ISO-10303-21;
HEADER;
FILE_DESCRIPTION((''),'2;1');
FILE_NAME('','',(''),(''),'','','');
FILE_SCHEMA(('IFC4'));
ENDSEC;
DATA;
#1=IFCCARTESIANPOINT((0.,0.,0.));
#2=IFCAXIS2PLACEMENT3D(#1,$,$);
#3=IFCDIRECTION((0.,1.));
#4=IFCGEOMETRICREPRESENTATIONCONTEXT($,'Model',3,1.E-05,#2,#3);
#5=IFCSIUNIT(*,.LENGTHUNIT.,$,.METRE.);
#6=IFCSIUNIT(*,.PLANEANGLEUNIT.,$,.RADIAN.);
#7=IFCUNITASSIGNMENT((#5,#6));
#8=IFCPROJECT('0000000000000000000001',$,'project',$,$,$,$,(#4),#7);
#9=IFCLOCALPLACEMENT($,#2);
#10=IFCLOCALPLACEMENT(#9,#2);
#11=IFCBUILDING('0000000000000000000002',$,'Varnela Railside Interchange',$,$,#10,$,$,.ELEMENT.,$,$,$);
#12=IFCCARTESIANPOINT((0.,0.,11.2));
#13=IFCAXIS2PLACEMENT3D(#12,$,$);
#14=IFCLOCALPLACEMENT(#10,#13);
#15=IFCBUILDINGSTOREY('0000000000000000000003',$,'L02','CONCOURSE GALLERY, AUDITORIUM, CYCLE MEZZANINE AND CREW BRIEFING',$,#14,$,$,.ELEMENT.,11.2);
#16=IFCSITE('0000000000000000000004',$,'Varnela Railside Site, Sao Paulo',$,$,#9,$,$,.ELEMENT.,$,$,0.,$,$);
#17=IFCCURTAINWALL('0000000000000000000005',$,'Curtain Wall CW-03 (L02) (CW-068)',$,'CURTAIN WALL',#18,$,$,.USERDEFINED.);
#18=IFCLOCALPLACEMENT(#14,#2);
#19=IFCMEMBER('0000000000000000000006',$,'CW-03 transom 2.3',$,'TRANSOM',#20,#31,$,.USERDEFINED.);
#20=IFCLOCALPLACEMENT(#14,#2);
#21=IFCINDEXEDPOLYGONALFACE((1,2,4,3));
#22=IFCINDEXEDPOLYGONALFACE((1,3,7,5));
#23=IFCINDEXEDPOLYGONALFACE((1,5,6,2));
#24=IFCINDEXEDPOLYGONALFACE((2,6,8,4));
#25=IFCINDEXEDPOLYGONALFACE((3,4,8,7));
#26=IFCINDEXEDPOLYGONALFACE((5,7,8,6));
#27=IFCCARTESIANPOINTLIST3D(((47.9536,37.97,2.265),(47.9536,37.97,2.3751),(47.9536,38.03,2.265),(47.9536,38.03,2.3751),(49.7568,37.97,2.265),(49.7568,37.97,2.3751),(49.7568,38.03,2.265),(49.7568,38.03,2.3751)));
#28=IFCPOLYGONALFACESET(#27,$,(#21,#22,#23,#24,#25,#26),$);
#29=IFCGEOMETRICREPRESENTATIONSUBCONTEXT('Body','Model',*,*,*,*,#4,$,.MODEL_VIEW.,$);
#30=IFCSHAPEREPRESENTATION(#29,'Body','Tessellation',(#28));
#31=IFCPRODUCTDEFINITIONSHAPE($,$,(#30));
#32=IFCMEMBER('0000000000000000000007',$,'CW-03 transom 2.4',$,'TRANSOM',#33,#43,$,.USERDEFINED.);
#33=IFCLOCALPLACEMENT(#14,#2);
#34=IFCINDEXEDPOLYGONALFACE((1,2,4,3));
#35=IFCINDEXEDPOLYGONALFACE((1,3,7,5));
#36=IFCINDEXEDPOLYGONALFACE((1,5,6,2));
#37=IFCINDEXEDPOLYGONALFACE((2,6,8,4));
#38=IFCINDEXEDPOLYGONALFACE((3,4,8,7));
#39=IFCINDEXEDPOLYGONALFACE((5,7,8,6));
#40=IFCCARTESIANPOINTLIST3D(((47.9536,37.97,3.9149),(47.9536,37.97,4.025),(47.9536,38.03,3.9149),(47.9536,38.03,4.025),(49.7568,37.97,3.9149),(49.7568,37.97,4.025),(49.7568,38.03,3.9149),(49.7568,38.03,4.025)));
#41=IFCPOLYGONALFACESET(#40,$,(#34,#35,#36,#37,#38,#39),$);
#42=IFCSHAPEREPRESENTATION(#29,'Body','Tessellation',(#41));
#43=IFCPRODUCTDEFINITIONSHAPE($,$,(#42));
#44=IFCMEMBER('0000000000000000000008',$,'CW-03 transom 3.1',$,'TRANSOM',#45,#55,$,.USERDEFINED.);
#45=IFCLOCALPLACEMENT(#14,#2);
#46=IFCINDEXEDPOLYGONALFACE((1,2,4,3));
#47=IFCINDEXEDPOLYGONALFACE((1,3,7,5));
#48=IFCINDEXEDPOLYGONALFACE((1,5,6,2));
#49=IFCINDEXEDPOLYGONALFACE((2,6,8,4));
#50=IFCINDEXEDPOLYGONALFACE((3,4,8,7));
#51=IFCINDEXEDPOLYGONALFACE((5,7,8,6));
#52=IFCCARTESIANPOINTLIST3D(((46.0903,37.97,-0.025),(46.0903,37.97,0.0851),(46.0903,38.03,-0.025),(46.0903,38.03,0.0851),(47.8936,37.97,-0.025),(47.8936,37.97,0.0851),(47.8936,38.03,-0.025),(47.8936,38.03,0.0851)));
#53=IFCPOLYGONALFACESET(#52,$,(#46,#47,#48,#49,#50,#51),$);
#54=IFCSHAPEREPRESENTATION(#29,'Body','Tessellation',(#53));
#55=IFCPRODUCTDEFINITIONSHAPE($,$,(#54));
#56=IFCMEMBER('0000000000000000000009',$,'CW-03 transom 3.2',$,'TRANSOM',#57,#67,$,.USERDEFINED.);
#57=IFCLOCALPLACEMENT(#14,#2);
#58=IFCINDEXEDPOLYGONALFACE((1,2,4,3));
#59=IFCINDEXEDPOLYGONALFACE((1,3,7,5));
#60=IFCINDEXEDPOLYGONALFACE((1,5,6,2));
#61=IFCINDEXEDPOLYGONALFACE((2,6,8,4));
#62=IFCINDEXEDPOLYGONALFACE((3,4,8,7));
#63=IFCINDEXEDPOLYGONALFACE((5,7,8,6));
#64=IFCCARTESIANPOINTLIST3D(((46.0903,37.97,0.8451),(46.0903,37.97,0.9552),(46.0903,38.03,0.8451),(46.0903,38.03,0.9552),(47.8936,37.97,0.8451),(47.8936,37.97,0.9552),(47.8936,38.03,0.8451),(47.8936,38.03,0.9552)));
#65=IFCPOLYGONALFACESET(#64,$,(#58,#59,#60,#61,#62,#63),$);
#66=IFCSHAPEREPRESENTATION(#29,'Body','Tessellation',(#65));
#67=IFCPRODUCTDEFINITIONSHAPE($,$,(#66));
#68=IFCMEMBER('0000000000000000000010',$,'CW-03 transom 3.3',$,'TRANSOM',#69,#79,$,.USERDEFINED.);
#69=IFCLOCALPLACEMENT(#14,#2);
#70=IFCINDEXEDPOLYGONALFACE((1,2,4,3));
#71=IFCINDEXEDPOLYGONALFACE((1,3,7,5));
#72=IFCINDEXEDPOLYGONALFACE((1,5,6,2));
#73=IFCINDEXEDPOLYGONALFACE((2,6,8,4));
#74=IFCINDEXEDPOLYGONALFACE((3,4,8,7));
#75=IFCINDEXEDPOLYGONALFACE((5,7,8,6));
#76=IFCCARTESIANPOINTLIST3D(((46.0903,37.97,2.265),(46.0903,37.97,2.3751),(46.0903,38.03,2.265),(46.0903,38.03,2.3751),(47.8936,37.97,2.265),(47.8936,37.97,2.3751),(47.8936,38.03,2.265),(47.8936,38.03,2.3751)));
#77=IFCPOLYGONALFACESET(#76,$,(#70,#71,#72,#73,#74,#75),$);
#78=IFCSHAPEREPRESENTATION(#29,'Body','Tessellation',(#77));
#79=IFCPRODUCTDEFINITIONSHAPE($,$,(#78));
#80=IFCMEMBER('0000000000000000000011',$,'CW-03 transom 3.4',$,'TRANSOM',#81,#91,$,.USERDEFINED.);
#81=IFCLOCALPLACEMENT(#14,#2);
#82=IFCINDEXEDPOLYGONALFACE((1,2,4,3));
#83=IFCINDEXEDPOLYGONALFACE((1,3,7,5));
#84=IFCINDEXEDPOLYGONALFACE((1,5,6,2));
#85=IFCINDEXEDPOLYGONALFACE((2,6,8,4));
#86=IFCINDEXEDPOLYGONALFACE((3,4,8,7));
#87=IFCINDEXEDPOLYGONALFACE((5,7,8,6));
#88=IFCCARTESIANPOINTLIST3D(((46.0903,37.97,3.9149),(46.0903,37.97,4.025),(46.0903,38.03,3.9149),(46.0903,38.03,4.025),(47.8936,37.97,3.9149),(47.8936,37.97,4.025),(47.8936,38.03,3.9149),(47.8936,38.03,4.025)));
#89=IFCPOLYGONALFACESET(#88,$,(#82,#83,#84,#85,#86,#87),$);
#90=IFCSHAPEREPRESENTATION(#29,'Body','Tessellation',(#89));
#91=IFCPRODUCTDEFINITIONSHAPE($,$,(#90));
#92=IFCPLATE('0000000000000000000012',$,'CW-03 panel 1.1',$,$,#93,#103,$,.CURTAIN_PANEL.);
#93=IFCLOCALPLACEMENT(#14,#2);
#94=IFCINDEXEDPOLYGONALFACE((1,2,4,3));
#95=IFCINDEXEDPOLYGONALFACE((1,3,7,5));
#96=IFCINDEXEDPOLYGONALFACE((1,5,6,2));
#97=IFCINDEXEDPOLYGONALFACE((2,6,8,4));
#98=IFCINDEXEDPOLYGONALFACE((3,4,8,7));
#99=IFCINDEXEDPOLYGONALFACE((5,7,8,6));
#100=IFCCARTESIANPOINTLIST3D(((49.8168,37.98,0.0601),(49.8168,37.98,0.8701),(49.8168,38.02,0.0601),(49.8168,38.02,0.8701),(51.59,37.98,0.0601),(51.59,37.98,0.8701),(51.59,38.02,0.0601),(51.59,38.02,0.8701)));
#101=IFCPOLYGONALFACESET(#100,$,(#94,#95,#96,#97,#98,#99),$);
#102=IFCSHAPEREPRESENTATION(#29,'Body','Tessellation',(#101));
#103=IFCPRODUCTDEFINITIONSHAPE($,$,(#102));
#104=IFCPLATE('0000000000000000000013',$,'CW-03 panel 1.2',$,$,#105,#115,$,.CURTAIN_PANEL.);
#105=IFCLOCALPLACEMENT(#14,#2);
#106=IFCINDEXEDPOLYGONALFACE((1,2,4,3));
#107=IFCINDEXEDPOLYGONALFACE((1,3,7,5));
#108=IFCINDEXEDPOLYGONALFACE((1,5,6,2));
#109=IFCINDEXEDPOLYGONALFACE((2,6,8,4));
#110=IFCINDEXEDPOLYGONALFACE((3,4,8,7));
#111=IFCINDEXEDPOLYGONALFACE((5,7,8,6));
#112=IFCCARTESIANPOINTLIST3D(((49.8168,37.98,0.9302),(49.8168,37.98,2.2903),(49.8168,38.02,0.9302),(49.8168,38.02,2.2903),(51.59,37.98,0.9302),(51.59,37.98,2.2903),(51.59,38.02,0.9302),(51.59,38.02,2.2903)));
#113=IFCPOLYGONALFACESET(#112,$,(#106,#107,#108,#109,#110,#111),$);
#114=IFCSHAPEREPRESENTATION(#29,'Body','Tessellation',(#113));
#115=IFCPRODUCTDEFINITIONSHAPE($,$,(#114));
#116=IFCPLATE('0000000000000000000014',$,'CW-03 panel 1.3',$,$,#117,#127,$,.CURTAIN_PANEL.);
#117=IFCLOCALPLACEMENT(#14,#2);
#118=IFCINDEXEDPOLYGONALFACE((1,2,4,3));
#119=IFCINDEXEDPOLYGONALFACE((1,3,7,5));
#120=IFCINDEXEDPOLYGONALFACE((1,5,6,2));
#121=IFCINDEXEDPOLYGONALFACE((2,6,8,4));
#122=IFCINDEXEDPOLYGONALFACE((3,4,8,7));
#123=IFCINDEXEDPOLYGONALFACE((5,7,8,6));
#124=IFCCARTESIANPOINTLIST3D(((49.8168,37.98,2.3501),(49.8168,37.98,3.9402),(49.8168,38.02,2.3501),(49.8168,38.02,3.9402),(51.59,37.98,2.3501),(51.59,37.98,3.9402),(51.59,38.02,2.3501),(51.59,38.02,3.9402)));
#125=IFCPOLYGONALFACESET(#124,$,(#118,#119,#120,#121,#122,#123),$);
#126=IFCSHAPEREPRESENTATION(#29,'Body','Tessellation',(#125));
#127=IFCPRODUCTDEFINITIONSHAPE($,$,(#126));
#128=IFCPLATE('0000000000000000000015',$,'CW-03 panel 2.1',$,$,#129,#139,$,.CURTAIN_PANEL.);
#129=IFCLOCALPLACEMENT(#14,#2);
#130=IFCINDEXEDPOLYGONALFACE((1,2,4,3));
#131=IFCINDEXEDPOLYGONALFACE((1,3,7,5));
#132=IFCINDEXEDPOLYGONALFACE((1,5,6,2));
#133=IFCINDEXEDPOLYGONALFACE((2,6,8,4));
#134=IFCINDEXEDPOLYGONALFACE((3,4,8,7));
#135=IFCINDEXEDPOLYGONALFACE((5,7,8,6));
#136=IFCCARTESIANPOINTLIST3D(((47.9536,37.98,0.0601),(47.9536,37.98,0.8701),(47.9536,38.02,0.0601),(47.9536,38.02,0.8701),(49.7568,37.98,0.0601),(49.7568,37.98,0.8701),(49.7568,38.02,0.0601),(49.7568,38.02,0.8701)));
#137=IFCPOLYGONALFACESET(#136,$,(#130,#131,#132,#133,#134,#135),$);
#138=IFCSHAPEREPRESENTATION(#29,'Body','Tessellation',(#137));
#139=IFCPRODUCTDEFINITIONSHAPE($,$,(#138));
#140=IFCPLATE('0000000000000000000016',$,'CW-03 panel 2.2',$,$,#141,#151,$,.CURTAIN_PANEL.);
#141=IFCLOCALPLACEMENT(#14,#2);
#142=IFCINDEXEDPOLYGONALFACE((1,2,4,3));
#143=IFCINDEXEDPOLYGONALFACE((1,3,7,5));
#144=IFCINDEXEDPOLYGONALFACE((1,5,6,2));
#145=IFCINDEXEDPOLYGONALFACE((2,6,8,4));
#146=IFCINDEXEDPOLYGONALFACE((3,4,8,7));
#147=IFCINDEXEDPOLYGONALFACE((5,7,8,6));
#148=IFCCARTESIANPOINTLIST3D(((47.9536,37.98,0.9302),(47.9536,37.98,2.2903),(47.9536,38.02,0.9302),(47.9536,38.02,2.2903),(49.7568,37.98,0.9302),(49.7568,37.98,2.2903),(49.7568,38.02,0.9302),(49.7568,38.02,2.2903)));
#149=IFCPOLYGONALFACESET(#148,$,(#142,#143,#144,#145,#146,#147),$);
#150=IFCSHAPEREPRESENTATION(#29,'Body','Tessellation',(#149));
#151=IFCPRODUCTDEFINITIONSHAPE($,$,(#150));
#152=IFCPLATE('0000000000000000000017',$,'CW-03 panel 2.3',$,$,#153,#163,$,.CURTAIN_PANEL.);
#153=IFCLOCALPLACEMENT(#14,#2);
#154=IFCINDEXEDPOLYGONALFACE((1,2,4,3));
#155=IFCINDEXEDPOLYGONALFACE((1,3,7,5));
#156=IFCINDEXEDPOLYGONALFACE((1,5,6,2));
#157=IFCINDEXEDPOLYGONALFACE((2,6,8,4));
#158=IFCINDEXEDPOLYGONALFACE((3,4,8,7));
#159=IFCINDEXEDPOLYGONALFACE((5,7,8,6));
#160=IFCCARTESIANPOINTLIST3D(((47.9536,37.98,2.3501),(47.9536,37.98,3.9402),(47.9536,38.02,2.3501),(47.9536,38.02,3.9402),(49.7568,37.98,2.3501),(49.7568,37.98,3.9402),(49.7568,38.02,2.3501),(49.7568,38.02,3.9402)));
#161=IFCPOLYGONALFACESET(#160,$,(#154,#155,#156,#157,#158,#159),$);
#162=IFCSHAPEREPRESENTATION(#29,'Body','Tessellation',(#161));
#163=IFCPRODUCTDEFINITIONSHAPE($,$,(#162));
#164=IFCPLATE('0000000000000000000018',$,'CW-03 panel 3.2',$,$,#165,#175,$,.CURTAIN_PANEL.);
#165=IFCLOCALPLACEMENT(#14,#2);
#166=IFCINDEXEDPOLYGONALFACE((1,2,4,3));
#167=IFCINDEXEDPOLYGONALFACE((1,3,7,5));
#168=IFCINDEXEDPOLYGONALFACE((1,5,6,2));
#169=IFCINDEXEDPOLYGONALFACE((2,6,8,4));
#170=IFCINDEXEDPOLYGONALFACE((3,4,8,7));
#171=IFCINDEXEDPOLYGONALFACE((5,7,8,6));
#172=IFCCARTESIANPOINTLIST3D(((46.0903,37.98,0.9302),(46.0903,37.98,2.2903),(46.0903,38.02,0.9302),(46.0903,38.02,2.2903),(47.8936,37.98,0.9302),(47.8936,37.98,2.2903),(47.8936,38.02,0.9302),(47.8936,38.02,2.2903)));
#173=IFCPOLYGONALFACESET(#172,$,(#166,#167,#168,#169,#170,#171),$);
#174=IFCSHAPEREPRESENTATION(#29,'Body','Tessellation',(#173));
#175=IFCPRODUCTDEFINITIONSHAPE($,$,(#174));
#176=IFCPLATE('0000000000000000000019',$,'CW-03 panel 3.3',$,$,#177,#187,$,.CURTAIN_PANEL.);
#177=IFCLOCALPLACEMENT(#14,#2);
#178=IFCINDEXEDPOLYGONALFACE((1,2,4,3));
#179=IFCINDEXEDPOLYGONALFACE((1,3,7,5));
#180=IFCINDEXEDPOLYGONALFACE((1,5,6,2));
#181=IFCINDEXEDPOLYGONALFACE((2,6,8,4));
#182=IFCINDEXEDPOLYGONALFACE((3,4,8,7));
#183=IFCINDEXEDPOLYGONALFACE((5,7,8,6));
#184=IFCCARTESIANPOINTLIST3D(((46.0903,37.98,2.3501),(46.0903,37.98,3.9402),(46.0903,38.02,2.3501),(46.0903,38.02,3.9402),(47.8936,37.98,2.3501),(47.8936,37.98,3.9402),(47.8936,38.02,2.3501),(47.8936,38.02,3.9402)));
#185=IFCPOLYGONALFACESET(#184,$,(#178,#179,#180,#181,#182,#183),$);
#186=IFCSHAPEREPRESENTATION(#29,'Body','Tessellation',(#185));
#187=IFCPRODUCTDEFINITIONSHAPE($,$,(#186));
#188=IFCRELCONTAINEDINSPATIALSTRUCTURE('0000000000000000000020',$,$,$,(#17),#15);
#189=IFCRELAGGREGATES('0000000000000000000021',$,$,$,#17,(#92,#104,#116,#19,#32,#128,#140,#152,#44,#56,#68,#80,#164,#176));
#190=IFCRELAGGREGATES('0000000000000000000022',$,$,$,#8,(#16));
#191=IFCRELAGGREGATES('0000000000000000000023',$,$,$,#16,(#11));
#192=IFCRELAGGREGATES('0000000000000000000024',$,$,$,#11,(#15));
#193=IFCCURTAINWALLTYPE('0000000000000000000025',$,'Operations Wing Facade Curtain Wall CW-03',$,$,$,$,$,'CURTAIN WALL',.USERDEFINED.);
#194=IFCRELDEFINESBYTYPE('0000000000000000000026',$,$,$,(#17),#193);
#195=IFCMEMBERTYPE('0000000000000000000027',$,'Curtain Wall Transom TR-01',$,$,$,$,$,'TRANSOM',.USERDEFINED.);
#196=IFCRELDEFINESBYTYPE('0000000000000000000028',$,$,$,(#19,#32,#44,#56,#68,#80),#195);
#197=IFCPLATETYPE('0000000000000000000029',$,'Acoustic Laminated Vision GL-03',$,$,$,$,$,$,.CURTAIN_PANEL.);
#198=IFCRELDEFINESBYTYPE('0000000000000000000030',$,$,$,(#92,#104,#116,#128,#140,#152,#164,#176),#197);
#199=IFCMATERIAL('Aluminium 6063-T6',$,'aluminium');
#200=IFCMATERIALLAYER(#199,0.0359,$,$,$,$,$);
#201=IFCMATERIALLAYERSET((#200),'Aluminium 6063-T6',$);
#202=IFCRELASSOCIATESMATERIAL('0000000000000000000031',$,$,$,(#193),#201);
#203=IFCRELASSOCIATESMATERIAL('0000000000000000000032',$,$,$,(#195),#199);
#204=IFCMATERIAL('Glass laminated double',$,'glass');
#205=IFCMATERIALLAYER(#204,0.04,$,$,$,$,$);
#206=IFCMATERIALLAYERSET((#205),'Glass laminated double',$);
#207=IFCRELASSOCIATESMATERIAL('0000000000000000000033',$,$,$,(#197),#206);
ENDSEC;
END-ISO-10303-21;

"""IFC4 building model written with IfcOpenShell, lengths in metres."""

from ifc_helpers import new_model, si_unit, direction, frame, origin, origin_2d, place, context, subcontext, project, spatial, rectangle, extrude, material, layer, layer_set, material_profile, profile_set, type_object, element, aggregate, save


model = new_model("IFC4")

# Units and contexts
model_context = context("Model", 3, precision=1e-05, world=origin(), true_north=direction((0.0, 1.0)))
body_context = subcontext(model_context, "Body", "Model", "MODEL_VIEW")
ifc_project = project(units=[si_unit("LENGTHUNIT", "METRE"), si_unit("PLANEANGLEUNIT", "RADIAN")], contexts=[model_context])

# Site, building, storey
site_placement = place(None, origin())
site = spatial("IfcSite", under=ifc_project, at=site_placement, Name="Varnela Railside Site, Sao Paulo", CompositionType="ELEMENT", RefElevation=0.0)
building_placement = place(site_placement, origin())
building = spatial("IfcBuilding", under=site, at=building_placement, Name="Varnela Railside Interchange", CompositionType="ELEMENT")
storey_placement = place(building_placement, frame((0.0, 0.0, 11.2)))
storey = spatial("IfcBuildingStorey", under=building, at=storey_placement, Name="L02", Description="CONCOURSE GALLERY, AUDITORIUM, CYCLE MEZZANINE AND CREW BRIEFING", CompositionType="ELEMENT", Elevation=11.2)

# Curtain wall, members, plates
ifc_material_1 = material(Name="Aluminium 6063-T6", Category="aluminium")
ifc_layer_1 = layer(ifc_material_1, 0.0359)
ifc_layer_set_1 = layer_set([ifc_layer_1], Name="Aluminium 6063-T6")
curtain_wall_type = type_object("IfcCurtainWallType", Name="Operations Wing Facade Curtain Wall CW-03", ElementType="CURTAIN WALL", PredefinedType="USERDEFINED", material=ifc_layer_set_1)
curtain_wall_placement = place(storey_placement, origin())
curtain_wall = element("IfcCurtainWall", 1, at=curtain_wall_placement, inside=storey, type_object=curtain_wall_type, Name="Curtain Wall CW-03 (L02) (CW-068)", ObjectType="CURTAIN WALL", PredefinedType="USERDEFINED")
ifc_material_profile_1 = material_profile(ifc_material_1, rectangle(XDim=0.0601, YDim=0.1101, at=origin_2d()), Name="ALU 60x110")
ifc_profile_set_1 = profile_set([ifc_material_profile_1], Name="Aluminium 6063-T6")
member_type_1 = type_object("IfcMemberType", Name="Curtain Wall Transom TR-01", ElementType="TRANSOM", PredefinedType="USERDEFINED", material=ifc_profile_set_1)
member_1_placement = place(storey_placement, frame((49.7568, 38.0, 2.3201), z_axis=(-1.0, 0.0, 0.0), x_axis=(0.0, -1.0, 0.0)))
member_1 = element("IfcMember", 2, at=member_1_placement, type_object=member_type_1, Name="CW-03 transom 2.3", ObjectType="TRANSOM", PredefinedType="USERDEFINED", context=body_context, shape_type="SweptSolid", body=[
    extrude(rectangle(XDim=0.0601, YDim=0.1101, at=origin_2d()), origin(), (0.0, 0.0, 1.0), 1.8032),
])
member_2_placement = place(storey_placement, frame((49.7568, 38.0, 3.97), z_axis=(-1.0, 0.0, 0.0), x_axis=(0.0, -1.0, 0.0)))
member_2 = element("IfcMember", 3, at=member_2_placement, type_object=member_type_1, Name="CW-03 transom 2.4", ObjectType="TRANSOM", PredefinedType="USERDEFINED", context=body_context, shape_type="SweptSolid", body=[
    extrude(rectangle(XDim=0.0601, YDim=0.1101, at=origin_2d()), origin(), (0.0, 0.0, 1.0), 1.8032),
])
member_3_placement = place(storey_placement, frame((47.8936, 38.0, 0.03), z_axis=(-1.0, 0.0, 0.0), x_axis=(0.0, -1.0, 0.0)))
member_3 = element("IfcMember", 4, at=member_3_placement, type_object=member_type_1, Name="CW-03 transom 3.1", ObjectType="TRANSOM", PredefinedType="USERDEFINED", context=body_context, shape_type="SweptSolid", body=[
    extrude(rectangle(XDim=0.0601, YDim=0.1101, at=origin_2d()), origin(), (0.0, 0.0, 1.0), 1.8032),
])
member_4_placement = place(storey_placement, frame((47.8936, 38.0, 0.9001), z_axis=(-1.0, 0.0, 0.0), x_axis=(0.0, -1.0, 0.0)))
member_4 = element("IfcMember", 5, at=member_4_placement, type_object=member_type_1, Name="CW-03 transom 3.2", ObjectType="TRANSOM", PredefinedType="USERDEFINED", context=body_context, shape_type="SweptSolid", body=[
    extrude(rectangle(XDim=0.0601, YDim=0.1101, at=origin_2d()), origin(), (0.0, 0.0, 1.0), 1.8032),
])
member_5_placement = place(storey_placement, frame((47.8936, 38.0, 2.3201), z_axis=(-1.0, 0.0, 0.0), x_axis=(0.0, -1.0, 0.0)))
member_5 = element("IfcMember", 6, at=member_5_placement, type_object=member_type_1, Name="CW-03 transom 3.3", ObjectType="TRANSOM", PredefinedType="USERDEFINED", context=body_context, shape_type="SweptSolid", body=[
    extrude(rectangle(XDim=0.0601, YDim=0.1101, at=origin_2d()), origin(), (0.0, 0.0, 1.0), 1.8032),
])
member_6_placement = place(storey_placement, frame((47.8936, 38.0, 3.97), z_axis=(-1.0, 0.0, 0.0), x_axis=(0.0, -1.0, 0.0)))
member_6 = element("IfcMember", 7, at=member_6_placement, type_object=member_type_1, Name="CW-03 transom 3.4", ObjectType="TRANSOM", PredefinedType="USERDEFINED", context=body_context, shape_type="SweptSolid", body=[
    extrude(rectangle(XDim=0.0601, YDim=0.1101, at=origin_2d()), origin(), (0.0, 0.0, 1.0), 1.8032),
])
ifc_material_2 = material(Name="Glass laminated double", Category="glass")
ifc_layer_2 = layer(ifc_material_2, 0.04)
ifc_layer_set_2 = layer_set([ifc_layer_2], Name="Glass laminated double")
plate_type = type_object("IfcPlateType", Name="Acoustic Laminated Vision GL-03", PredefinedType="CURTAIN_PANEL", material=ifc_layer_set_2)
plate_1_placement = place(storey_placement, frame((50.7034, 38.0, 0.0601), z_axis=(0.0, 0.0, 1.0), x_axis=(-1.0, 0.0, 0.0)))
plate_1 = element("IfcPlate", 8, at=plate_1_placement, type_object=plate_type, Name="CW-03 panel 1.1", PredefinedType="CURTAIN_PANEL", context=body_context, shape_type="SweptSolid", body=[
    extrude(rectangle(XDim=1.7732, YDim=0.04, at=origin_2d()), origin(), (0.0, 0.0, 1.0), 0.8101),
])
plate_2_placement = place(storey_placement, frame((50.7034, 38.0, 0.9302), z_axis=(0.0, 0.0, 1.0), x_axis=(-1.0, 0.0, 0.0)))
plate_2 = element("IfcPlate", 9, at=plate_2_placement, type_object=plate_type, Name="CW-03 panel 1.2", PredefinedType="CURTAIN_PANEL", context=body_context, shape_type="SweptSolid", body=[
    extrude(rectangle(XDim=1.7732, YDim=0.04, at=origin_2d()), origin(), (0.0, 0.0, 1.0), 1.3601),
])
plate_3_placement = place(storey_placement, frame((50.7034, 38.0, 2.3501), z_axis=(0.0, 0.0, 1.0), x_axis=(-1.0, 0.0, 0.0)))
plate_3 = element("IfcPlate", 10, at=plate_3_placement, type_object=plate_type, Name="CW-03 panel 1.3", PredefinedType="CURTAIN_PANEL", context=body_context, shape_type="SweptSolid", body=[
    extrude(rectangle(XDim=1.7732, YDim=0.04, at=origin_2d()), origin(), (0.0, 0.0, 1.0), 1.5901),
])
plate_4_placement = place(storey_placement, frame((48.8552, 38.0, 0.0601), z_axis=(0.0, 0.0, 1.0), x_axis=(-1.0, 0.0, 0.0)))
plate_4 = element("IfcPlate", 11, at=plate_4_placement, type_object=plate_type, Name="CW-03 panel 2.1", PredefinedType="CURTAIN_PANEL", context=body_context, shape_type="SweptSolid", body=[
    extrude(rectangle(XDim=1.8032, YDim=0.04, at=origin_2d()), origin(), (0.0, 0.0, 1.0), 0.8101),
])
plate_5_placement = place(storey_placement, frame((48.8552, 38.0, 0.9302), z_axis=(0.0, 0.0, 1.0), x_axis=(-1.0, 0.0, 0.0)))
plate_5 = element("IfcPlate", 12, at=plate_5_placement, type_object=plate_type, Name="CW-03 panel 2.2", PredefinedType="CURTAIN_PANEL", context=body_context, shape_type="SweptSolid", body=[
    extrude(rectangle(XDim=1.8032, YDim=0.04, at=origin_2d()), origin(), (0.0, 0.0, 1.0), 1.3601),
])
plate_6_placement = place(storey_placement, frame((48.8552, 38.0, 2.3501), z_axis=(0.0, 0.0, 1.0), x_axis=(-1.0, 0.0, 0.0)))
plate_6 = element("IfcPlate", 13, at=plate_6_placement, type_object=plate_type, Name="CW-03 panel 2.3", PredefinedType="CURTAIN_PANEL", context=body_context, shape_type="SweptSolid", body=[
    extrude(rectangle(XDim=1.8032, YDim=0.04, at=origin_2d()), origin(), (0.0, 0.0, 1.0), 1.5901),
])
plate_7_placement = place(storey_placement, frame((46.9919, 38.0, 0.9302), z_axis=(0.0, 0.0, 1.0), x_axis=(-1.0, 0.0, 0.0)))
plate_7 = element("IfcPlate", 14, at=plate_7_placement, type_object=plate_type, Name="CW-03 panel 3.2", PredefinedType="CURTAIN_PANEL", context=body_context, shape_type="SweptSolid", body=[
    extrude(rectangle(XDim=1.8032, YDim=0.04, at=origin_2d()), origin(), (0.0, 0.0, 1.0), 1.3601),
])
plate_8_placement = place(storey_placement, frame((46.9919, 38.0, 2.3501), z_axis=(0.0, 0.0, 1.0), x_axis=(-1.0, 0.0, 0.0)))
plate_8 = element("IfcPlate", 15, at=plate_8_placement, type_object=plate_type, Name="CW-03 panel 3.3", PredefinedType="CURTAIN_PANEL", context=body_context, shape_type="SweptSolid", body=[
    extrude(rectangle(XDim=1.8032, YDim=0.04, at=origin_2d()), origin(), (0.0, 0.0, 1.0), 1.5901),
])
aggregate(curtain_wall, [plate_1, plate_2, plate_3, member_1, member_2, plate_4, plate_5, plate_6, member_3, member_4, member_5, member_6, plate_7, plate_8])

save(model, "model.ifc")
